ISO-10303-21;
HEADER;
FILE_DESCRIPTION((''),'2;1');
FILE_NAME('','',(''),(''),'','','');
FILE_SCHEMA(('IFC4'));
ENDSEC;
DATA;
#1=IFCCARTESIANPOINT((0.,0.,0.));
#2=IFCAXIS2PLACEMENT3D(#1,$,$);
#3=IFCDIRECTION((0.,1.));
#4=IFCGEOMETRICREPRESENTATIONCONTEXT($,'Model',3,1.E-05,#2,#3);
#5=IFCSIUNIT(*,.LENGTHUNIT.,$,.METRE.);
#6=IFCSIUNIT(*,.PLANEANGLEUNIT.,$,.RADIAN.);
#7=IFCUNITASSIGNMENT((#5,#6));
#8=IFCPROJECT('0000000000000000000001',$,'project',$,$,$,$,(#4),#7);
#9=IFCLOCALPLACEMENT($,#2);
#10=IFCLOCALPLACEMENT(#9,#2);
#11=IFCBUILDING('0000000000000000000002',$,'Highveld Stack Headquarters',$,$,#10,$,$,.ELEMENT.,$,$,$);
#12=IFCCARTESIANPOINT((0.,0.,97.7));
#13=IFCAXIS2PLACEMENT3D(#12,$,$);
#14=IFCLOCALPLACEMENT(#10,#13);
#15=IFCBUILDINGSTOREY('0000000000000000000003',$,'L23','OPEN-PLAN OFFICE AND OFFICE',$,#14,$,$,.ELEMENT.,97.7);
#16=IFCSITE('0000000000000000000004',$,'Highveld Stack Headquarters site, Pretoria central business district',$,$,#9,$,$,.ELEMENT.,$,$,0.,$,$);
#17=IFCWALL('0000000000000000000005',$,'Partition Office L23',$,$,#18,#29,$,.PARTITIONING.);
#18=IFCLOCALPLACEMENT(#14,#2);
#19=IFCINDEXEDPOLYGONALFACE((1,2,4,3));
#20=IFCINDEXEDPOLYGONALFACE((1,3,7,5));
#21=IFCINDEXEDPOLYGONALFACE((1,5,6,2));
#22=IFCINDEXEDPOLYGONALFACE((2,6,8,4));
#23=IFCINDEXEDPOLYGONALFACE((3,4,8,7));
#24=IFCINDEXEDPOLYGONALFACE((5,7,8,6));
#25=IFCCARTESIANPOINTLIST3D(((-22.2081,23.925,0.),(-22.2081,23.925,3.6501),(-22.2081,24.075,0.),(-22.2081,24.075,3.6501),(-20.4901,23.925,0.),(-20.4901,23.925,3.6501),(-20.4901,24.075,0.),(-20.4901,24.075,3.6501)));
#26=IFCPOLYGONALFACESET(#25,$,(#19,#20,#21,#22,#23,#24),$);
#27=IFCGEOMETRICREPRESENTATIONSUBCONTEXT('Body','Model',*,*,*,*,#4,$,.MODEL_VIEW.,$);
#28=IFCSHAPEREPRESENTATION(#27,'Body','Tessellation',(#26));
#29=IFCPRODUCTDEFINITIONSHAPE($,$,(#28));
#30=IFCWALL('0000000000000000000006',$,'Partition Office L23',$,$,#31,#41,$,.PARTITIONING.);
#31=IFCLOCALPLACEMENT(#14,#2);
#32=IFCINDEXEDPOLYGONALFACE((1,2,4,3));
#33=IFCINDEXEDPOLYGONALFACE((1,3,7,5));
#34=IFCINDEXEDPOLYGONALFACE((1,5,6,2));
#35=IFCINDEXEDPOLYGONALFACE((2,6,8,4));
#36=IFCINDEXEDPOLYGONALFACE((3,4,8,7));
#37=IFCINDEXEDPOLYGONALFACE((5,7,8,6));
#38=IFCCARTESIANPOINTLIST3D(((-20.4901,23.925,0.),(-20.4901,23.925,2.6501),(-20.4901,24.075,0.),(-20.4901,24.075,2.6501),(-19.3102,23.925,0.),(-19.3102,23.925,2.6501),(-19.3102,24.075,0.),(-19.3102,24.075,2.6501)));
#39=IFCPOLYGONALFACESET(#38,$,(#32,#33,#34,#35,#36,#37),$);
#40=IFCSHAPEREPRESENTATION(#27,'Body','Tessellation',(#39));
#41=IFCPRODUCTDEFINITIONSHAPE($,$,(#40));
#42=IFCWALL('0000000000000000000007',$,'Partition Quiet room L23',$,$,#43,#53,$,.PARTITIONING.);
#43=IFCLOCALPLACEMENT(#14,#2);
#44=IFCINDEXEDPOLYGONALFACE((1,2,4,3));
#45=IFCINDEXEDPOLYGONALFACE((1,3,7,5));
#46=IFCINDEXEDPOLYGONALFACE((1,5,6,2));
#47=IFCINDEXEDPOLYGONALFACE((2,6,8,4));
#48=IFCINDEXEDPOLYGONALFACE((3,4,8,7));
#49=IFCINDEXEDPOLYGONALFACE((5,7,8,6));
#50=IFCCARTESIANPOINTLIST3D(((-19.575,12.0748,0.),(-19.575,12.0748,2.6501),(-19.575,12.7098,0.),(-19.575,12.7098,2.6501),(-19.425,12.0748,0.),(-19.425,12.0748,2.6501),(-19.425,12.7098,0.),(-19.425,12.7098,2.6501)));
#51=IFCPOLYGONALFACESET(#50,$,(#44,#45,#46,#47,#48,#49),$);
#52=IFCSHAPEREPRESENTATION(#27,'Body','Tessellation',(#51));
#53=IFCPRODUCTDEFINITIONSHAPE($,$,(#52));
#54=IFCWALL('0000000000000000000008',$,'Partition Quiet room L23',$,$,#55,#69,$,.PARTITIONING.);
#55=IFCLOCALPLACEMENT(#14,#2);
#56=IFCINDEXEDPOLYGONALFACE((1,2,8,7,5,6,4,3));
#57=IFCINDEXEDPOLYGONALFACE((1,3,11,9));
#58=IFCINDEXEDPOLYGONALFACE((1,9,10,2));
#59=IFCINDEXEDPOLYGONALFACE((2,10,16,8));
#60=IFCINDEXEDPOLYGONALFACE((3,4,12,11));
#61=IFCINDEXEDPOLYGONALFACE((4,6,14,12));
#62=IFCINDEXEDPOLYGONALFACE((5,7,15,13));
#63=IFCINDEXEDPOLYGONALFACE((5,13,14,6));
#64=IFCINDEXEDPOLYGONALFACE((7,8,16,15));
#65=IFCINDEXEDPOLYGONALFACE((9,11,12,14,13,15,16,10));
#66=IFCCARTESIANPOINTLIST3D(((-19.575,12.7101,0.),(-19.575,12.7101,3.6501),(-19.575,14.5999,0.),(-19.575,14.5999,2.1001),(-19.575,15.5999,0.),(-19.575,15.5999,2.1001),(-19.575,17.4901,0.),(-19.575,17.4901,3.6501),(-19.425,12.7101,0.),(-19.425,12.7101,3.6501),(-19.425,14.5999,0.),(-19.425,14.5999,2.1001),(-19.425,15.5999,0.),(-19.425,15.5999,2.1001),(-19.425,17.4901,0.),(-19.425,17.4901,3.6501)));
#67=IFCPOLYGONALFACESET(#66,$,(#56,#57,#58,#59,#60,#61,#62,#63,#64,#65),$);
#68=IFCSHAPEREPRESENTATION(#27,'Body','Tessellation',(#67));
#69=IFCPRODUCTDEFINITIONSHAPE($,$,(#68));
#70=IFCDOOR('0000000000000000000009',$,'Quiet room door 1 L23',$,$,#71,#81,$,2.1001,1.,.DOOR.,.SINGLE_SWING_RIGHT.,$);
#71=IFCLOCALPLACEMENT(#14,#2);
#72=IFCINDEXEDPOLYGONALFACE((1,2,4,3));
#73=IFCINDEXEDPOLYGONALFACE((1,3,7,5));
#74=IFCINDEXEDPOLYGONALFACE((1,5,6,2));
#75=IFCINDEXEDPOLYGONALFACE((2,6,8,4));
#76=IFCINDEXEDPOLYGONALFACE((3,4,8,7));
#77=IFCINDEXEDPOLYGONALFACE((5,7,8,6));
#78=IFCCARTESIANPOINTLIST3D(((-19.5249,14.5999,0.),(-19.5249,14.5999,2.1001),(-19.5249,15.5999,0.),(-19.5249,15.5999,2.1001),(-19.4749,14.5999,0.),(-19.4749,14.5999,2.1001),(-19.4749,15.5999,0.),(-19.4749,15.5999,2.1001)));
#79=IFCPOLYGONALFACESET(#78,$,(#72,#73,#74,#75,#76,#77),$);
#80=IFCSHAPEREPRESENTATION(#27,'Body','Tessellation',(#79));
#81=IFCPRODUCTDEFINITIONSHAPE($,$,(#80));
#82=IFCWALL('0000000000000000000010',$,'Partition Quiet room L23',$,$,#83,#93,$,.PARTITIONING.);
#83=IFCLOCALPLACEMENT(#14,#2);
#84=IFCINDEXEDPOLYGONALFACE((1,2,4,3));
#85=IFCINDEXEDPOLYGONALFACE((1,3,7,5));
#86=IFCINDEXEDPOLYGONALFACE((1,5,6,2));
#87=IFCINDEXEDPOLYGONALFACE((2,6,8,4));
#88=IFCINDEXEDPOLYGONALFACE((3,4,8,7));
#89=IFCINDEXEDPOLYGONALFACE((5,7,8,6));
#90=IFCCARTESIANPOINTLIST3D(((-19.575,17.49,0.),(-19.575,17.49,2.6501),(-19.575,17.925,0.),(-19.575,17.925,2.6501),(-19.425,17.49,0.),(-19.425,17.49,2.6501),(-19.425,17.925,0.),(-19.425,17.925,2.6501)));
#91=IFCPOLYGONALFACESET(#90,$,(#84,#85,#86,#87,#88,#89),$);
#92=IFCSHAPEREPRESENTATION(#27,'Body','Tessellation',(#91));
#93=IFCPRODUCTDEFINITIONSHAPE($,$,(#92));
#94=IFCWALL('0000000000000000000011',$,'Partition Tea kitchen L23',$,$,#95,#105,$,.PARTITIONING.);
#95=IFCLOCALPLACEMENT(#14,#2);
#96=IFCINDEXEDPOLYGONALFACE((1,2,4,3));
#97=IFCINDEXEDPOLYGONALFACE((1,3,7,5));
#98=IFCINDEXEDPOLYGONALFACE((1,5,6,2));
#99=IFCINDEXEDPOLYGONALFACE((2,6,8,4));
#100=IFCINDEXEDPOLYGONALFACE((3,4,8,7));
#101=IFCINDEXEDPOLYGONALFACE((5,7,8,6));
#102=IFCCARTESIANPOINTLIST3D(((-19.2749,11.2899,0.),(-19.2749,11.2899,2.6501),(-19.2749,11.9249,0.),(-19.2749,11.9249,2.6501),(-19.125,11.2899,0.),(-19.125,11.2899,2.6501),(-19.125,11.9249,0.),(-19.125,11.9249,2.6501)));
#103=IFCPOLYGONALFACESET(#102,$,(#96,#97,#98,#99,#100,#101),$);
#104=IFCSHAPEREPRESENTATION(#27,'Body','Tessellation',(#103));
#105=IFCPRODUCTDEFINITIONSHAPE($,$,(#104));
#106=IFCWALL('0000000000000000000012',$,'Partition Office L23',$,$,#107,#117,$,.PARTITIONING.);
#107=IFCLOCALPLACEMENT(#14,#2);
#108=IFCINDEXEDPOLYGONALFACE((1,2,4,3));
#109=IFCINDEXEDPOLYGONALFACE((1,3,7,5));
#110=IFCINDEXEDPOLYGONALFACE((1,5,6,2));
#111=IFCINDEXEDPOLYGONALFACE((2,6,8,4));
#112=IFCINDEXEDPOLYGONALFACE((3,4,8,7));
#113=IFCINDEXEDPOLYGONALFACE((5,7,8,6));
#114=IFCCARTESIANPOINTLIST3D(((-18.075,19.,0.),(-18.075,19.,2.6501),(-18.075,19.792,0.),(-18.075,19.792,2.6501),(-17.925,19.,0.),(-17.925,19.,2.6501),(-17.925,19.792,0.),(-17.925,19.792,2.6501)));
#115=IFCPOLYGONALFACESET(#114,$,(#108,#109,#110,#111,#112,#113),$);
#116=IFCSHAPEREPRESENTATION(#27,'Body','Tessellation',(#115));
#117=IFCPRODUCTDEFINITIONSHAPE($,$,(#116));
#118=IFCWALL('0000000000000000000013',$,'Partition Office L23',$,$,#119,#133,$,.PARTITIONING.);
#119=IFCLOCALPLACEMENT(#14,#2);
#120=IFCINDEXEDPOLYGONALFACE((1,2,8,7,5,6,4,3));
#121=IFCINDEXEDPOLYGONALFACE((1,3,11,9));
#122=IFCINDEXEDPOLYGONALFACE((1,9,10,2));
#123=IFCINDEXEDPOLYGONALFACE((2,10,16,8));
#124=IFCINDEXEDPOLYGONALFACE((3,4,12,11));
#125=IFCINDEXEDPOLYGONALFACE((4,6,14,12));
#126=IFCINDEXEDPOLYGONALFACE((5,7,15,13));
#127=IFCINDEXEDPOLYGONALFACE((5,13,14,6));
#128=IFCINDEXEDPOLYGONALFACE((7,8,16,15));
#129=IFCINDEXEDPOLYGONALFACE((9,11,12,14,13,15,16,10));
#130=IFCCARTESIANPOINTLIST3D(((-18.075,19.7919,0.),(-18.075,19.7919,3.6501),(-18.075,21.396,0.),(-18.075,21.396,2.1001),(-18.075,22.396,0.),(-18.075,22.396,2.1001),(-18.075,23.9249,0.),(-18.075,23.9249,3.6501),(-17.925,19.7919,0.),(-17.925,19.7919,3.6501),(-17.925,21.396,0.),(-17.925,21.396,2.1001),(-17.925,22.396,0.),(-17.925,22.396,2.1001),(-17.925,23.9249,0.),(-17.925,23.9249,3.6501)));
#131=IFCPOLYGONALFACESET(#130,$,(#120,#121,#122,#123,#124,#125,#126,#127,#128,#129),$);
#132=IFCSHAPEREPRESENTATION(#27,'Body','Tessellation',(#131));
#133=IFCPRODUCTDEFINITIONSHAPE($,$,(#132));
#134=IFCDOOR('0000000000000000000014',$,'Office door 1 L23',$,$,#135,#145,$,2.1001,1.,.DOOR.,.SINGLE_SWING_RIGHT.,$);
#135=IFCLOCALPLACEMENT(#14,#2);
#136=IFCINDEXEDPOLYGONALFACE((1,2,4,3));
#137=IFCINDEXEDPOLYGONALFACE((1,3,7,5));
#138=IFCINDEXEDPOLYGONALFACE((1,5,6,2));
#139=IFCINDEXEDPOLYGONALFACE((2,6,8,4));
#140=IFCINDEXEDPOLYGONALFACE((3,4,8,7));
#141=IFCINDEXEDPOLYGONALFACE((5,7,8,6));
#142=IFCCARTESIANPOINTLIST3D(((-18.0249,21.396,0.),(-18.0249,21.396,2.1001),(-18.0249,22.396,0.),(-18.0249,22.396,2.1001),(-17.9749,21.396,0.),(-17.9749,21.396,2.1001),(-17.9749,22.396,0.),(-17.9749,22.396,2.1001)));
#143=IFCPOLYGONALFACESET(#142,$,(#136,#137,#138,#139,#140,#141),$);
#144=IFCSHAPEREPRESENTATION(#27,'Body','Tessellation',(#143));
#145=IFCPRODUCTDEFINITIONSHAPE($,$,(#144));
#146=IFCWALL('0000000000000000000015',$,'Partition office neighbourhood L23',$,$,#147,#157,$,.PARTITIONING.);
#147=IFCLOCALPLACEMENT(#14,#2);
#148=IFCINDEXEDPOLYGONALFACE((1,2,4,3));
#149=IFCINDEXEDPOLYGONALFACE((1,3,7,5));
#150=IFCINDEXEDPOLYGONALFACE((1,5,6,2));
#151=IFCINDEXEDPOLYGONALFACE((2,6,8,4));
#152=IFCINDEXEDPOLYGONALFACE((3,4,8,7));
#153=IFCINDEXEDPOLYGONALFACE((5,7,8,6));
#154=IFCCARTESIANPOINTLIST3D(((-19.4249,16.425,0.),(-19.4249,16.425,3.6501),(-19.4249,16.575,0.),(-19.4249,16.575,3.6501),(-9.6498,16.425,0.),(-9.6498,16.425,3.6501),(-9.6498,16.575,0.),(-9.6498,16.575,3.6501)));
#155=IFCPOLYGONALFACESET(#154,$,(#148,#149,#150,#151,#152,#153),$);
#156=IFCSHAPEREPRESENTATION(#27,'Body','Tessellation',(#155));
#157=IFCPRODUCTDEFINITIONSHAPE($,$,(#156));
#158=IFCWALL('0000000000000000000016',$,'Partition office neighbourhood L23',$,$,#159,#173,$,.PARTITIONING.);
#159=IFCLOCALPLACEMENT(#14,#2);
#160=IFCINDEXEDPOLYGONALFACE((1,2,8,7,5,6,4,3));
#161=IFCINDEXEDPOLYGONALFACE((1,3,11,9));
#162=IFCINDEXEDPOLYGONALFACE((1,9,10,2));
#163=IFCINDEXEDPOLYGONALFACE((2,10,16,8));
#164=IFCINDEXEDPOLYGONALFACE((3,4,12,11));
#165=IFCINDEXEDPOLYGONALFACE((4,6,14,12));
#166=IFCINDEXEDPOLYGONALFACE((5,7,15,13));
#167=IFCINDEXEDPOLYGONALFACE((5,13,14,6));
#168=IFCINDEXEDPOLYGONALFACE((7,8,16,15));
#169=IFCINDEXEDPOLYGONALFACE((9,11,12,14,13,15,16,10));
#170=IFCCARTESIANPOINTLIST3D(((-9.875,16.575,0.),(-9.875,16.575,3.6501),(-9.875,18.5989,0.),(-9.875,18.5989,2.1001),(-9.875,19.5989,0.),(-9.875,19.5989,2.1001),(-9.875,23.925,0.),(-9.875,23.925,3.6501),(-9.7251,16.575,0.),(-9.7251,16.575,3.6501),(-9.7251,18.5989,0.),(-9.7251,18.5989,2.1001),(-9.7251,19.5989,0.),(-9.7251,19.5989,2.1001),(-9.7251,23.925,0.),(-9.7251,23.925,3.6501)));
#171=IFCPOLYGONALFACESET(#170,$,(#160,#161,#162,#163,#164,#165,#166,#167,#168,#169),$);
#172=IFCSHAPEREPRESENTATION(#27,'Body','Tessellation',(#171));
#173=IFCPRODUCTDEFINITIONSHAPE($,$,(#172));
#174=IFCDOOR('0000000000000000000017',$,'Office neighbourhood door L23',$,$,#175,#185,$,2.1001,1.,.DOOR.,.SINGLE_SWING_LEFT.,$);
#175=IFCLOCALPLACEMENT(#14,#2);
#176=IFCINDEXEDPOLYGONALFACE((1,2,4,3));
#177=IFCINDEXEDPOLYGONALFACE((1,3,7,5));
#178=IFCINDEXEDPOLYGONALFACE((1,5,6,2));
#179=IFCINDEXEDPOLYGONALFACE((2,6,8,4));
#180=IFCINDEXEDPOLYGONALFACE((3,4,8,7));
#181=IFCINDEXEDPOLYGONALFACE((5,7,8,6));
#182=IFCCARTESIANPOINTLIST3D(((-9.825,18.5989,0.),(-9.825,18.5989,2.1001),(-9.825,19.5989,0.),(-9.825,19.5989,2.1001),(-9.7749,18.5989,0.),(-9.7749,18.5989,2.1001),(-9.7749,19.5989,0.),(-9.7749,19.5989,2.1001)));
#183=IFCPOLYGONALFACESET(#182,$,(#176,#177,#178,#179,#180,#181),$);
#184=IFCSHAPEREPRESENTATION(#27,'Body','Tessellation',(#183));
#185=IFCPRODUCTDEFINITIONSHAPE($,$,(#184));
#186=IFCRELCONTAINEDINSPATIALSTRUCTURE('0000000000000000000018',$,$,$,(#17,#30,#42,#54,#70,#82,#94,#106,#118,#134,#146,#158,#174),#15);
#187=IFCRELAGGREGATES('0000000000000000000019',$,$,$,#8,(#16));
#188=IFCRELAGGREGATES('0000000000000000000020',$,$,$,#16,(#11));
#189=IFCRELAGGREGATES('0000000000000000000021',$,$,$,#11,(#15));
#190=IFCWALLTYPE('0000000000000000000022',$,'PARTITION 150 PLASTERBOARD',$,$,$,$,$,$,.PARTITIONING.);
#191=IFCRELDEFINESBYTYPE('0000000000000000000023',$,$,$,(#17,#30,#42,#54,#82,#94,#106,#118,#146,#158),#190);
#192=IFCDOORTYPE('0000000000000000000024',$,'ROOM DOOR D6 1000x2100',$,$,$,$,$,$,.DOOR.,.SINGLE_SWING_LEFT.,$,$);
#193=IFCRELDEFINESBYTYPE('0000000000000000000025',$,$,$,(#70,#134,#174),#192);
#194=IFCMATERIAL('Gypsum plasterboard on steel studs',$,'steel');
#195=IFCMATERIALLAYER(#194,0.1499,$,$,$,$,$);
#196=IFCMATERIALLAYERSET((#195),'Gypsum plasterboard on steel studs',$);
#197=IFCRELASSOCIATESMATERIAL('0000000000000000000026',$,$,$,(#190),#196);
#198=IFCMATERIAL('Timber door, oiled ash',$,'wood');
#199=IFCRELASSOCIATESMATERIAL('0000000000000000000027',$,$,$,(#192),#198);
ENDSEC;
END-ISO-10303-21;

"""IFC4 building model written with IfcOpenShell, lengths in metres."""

from ifc_helpers import new_model, si_unit, direction, frame, frame_2d, origin, place, context, subcontext, project, spatial, rectangle, extrude, material, layer, layer_set, type_object, element, fill, save


model = new_model("IFC4")

# Units and contexts
model_context = context("Model", 3, precision=1e-05, world=origin(), true_north=direction((0.0, 1.0)))
body_context = subcontext(model_context, "Body", "Model", "MODEL_VIEW")
ifc_project = project(units=[si_unit("LENGTHUNIT", "METRE"), si_unit("PLANEANGLEUNIT", "RADIAN")], contexts=[model_context])

# Site, building, storey
site_placement = place(None, origin())
site = spatial("IfcSite", under=ifc_project, at=site_placement, Name="Highveld Stack Headquarters site, Pretoria central business district", CompositionType="ELEMENT", RefElevation=0.0)
building_placement = place(site_placement, origin())
building = spatial("IfcBuilding", under=site, at=building_placement, Name="Highveld Stack Headquarters", CompositionType="ELEMENT")
storey_placement = place(building_placement, frame((0.0, 0.0, 97.7)))
storey = spatial("IfcBuildingStorey", under=building, at=storey_placement, Name="L23", Description="OPEN-PLAN OFFICE AND OFFICE", CompositionType="ELEMENT", Elevation=97.7)

# Walls
ifc_material_1 = material(Name="Gypsum plasterboard on steel studs", Category="steel")
ifc_layer_1 = layer(ifc_material_1, 0.1499)
ifc_layer_set_1 = layer_set([ifc_layer_1], Name="Gypsum plasterboard on steel studs")
wall_type_1 = type_object("IfcWallType", Name="PARTITION 150 PLASTERBOARD", PredefinedType="PARTITIONING", material=ifc_layer_set_1)
wall_1_placement = place(storey_placement, frame((-22.208, 24.0, 0.0), z_axis=(0.0, 0.0, 1.0), x_axis=(1.0, 0.0, 0.0)))
element("IfcWall", 1, at=wall_1_placement, inside=storey, type_object=wall_type_1, Name="Partition Office L23", PredefinedType="PARTITIONING", context=body_context, shape_type="SweptSolid", body=[
    extrude(rectangle(XDim=1.718, YDim=0.1499, at=frame_2d((0.8589, 0.0))), origin(), (0.0, 0.0, 1.0), 3.6501),
])
wall_2_placement = place(storey_placement, frame((-20.49, 24.0, 0.0), z_axis=(0.0, 0.0, 1.0), x_axis=(1.0, 0.0, 0.0)))
element("IfcWall", 2, at=wall_2_placement, inside=storey, type_object=wall_type_1, Name="Partition Office L23", PredefinedType="PARTITIONING", context=body_context, shape_type="SweptSolid", body=[
    extrude(rectangle(XDim=1.1799, YDim=0.1499, at=frame_2d((0.5898, 0.0))), origin(), (0.0, 0.0, 1.0), 2.6501),
])
wall_3_placement = place(storey_placement, frame((-19.5, 12.075, 0.0), z_axis=(0.0, 0.0, 1.0), x_axis=(0.0, 1.0, 0.0)))
element("IfcWall", 3, at=wall_3_placement, inside=storey, type_object=wall_type_1, Name="Partition Quiet room L23", PredefinedType="PARTITIONING", context=body_context, shape_type="SweptSolid", body=[
    extrude(rectangle(XDim=0.635, YDim=0.1499, at=frame_2d((0.3174, 0.0))), origin(), (0.0, 0.0, 1.0), 2.6501),
])

# Wall, opening, door
wall_4_placement = place(storey_placement, frame((-19.5, 12.71, 0.0), z_axis=(0.0, 0.0, 1.0), x_axis=(0.0, 1.0, 0.0)))
wall_4 = element("IfcWall", 4, at=wall_4_placement, inside=storey, type_object=wall_type_1, Name="Partition Quiet room L23", PredefinedType="PARTITIONING", context=body_context, shape_type="SweptSolid", body=[
    extrude(rectangle(XDim=4.78, YDim=0.1499, at=frame_2d((2.3901, 0.0))), origin(), (0.0, 0.0, 1.0), 3.6501),
])
opening_1_placement = place(wall_4_placement, frame((1.8899, 0.0, 0.0)))
opening_1 = element("IfcOpeningElement", 5, at=opening_1_placement, cuts=wall_4, PredefinedType="OPENING", context=body_context, shape_type="SweptSolid", body=[
    extrude(rectangle(XDim=1.0, YDim=2.1001, at=frame_2d((0.5, 1.05))), frame((0.0, 0.085, 0.0), z_axis=(0.0, -1.0, 0.0), x_axis=(1.0, 0.0, 0.0)), (0.0, 0.0, 1.0), 0.1699),
])
ifc_material_2 = material(Name="Timber door, oiled ash", Category="wood")
door_type = type_object("IfcDoorType", Name="ROOM DOOR D6 1000x2100", OperationType="SINGLE_SWING_LEFT", PredefinedType="DOOR", material=ifc_material_2)
door_1_placement = place(opening_1_placement, origin())
door_1 = element("IfcDoor", 6, at=door_1_placement, inside=storey, type_object=door_type, Name="Quiet room door 1 L23", OperationType="SINGLE_SWING_RIGHT", OverallHeight=2.1001, OverallWidth=1.0, PredefinedType="DOOR", context=body_context, shape_type="SweptSolid", body=[
    extrude(rectangle(XDim=1.0, YDim=2.1001, at=frame_2d((0.5, 1.05))), frame((0.0, 0.0249, 0.0), z_axis=(0.0, -1.0, 0.0), x_axis=(1.0, 0.0, 0.0)), (0.0, 0.0, 1.0), 0.05),
])
fill(opening_1, door_1)

# Walls
wall_5_placement = place(storey_placement, frame((-19.5, 17.49, 0.0), z_axis=(0.0, 0.0, 1.0), x_axis=(0.0, 1.0, 0.0)))
element("IfcWall", 7, at=wall_5_placement, inside=storey, type_object=wall_type_1, Name="Partition Quiet room L23", PredefinedType="PARTITIONING", context=body_context, shape_type="SweptSolid", body=[
    extrude(rectangle(XDim=0.4351, YDim=0.1499, at=frame_2d((0.2175, 0.0))), origin(), (0.0, 0.0, 1.0), 2.6501),
])
wall_6_placement = place(storey_placement, frame((-19.2, 11.29, 0.0), z_axis=(0.0, 0.0, 1.0), x_axis=(0.0, 1.0, 0.0)))
element("IfcWall", 8, at=wall_6_placement, inside=storey, type_object=wall_type_1, Name="Partition Tea kitchen L23", PredefinedType="PARTITIONING", context=body_context, shape_type="SweptSolid", body=[
    extrude(rectangle(XDim=0.635, YDim=0.1499, at=frame_2d((0.3174, 0.0))), origin(), (0.0, 0.0, 1.0), 2.6501),
])
wall_7_placement = place(storey_placement, frame((-18.0, 19.0, 0.0), z_axis=(0.0, 0.0, 1.0), x_axis=(0.0, 1.0, 0.0)))
element("IfcWall", 9, at=wall_7_placement, inside=storey, type_object=wall_type_1, Name="Partition Office L23", PredefinedType="PARTITIONING", context=body_context, shape_type="SweptSolid", body=[
    extrude(rectangle(XDim=0.792, YDim=0.1499, at=frame_2d((0.396, 0.0))), origin(), (0.0, 0.0, 1.0), 2.6501),
])

# Wall, opening, door
wall_8_placement = place(storey_placement, frame((-18.0, 19.792, 0.0), z_axis=(0.0, 0.0, 1.0), x_axis=(0.0, 1.0, 0.0)))
wall_8 = element("IfcWall", 10, at=wall_8_placement, inside=storey, type_object=wall_type_1, Name="Partition Office L23", PredefinedType="PARTITIONING", context=body_context, shape_type="SweptSolid", body=[
    extrude(rectangle(XDim=4.1331, YDim=0.1499, at=frame_2d((2.0664, 0.0))), origin(), (0.0, 0.0, 1.0), 3.6501),
])
opening_2_placement = place(wall_8_placement, frame((1.604, 0.0, 0.0)))
opening_2 = element("IfcOpeningElement", 11, at=opening_2_placement, cuts=wall_8, PredefinedType="OPENING", context=body_context, shape_type="SweptSolid", body=[
    extrude(rectangle(XDim=1.0, YDim=2.1001, at=frame_2d((0.5, 1.05))), frame((0.0, 0.085, 0.0), z_axis=(0.0, -1.0, 0.0), x_axis=(1.0, 0.0, 0.0)), (0.0, 0.0, 1.0), 0.1699),
])
door_2_placement = place(opening_2_placement, origin())
door_2 = element("IfcDoor", 12, at=door_2_placement, inside=storey, type_object=door_type, Name="Office door 1 L23", OperationType="SINGLE_SWING_RIGHT", OverallHeight=2.1001, OverallWidth=1.0, PredefinedType="DOOR", context=body_context, shape_type="SweptSolid", body=[
    extrude(rectangle(XDim=1.0, YDim=2.1001, at=frame_2d((0.5, 1.05))), frame((0.0, 0.0249, 0.0), z_axis=(0.0, -1.0, 0.0), x_axis=(1.0, 0.0, 0.0)), (0.0, 0.0, 1.0), 0.05),
])
fill(opening_2, door_2)

# Wall
wall_9_placement = place(storey_placement, frame((-19.425, 16.5, 0.0), z_axis=(0.0, 0.0, 1.0), x_axis=(1.0, 0.0, 0.0)))
element("IfcWall", 13, at=wall_9_placement, inside=storey, type_object=wall_type_1, Name="Partition office neighbourhood L23", PredefinedType="PARTITIONING", context=body_context, shape_type="SweptSolid", body=[
    extrude(rectangle(XDim=9.7751, YDim=0.1499, at=frame_2d((4.8877, 0.0))), origin(), (0.0, 0.0, 1.0), 3.6501),
])

# Wall, opening, door
wall_10_placement = place(storey_placement, frame((-9.8, 16.575, 0.0), z_axis=(0.0, 0.0, 1.0), x_axis=(0.0, 1.0, 0.0)))
wall_10 = element("IfcWall", 14, at=wall_10_placement, inside=storey, type_object=wall_type_1, Name="Partition office neighbourhood L23", PredefinedType="PARTITIONING", context=body_context, shape_type="SweptSolid", body=[
    extrude(rectangle(XDim=7.3501, YDim=0.1499, at=frame_2d((3.675, 0.0))), origin(), (0.0, 0.0, 1.0), 3.6501),
])
opening_3_placement = place(wall_10_placement, frame((2.0239, 0.0, 0.0)))
opening_3 = element("IfcOpeningElement", 15, at=opening_3_placement, cuts=wall_10, PredefinedType="OPENING", context=body_context, shape_type="SweptSolid", body=[
    extrude(rectangle(XDim=1.0, YDim=2.1001, at=frame_2d((0.5, 1.05))), frame((0.0, 0.085, 0.0), z_axis=(0.0, -1.0, 0.0), x_axis=(1.0, 0.0, 0.0)), (0.0, 0.0, 1.0), 0.1699),
])
door_3_placement = place(opening_3_placement, origin())
door_3 = element("IfcDoor", 16, at=door_3_placement, inside=storey, type_object=door_type, Name="Office neighbourhood door L23", OperationType="SINGLE_SWING_LEFT", OverallHeight=2.1001, OverallWidth=1.0, PredefinedType="DOOR", context=body_context, shape_type="SweptSolid", body=[
    extrude(rectangle(XDim=1.0, YDim=2.1001, at=frame_2d((0.5, 1.05))), frame((0.0, 0.0249, 0.0), z_axis=(0.0, -1.0, 0.0), x_axis=(1.0, 0.0, 0.0)), (0.0, 0.0, 1.0), 0.05),
])
fill(opening_3, door_3)

save(model, "model.ifc")
